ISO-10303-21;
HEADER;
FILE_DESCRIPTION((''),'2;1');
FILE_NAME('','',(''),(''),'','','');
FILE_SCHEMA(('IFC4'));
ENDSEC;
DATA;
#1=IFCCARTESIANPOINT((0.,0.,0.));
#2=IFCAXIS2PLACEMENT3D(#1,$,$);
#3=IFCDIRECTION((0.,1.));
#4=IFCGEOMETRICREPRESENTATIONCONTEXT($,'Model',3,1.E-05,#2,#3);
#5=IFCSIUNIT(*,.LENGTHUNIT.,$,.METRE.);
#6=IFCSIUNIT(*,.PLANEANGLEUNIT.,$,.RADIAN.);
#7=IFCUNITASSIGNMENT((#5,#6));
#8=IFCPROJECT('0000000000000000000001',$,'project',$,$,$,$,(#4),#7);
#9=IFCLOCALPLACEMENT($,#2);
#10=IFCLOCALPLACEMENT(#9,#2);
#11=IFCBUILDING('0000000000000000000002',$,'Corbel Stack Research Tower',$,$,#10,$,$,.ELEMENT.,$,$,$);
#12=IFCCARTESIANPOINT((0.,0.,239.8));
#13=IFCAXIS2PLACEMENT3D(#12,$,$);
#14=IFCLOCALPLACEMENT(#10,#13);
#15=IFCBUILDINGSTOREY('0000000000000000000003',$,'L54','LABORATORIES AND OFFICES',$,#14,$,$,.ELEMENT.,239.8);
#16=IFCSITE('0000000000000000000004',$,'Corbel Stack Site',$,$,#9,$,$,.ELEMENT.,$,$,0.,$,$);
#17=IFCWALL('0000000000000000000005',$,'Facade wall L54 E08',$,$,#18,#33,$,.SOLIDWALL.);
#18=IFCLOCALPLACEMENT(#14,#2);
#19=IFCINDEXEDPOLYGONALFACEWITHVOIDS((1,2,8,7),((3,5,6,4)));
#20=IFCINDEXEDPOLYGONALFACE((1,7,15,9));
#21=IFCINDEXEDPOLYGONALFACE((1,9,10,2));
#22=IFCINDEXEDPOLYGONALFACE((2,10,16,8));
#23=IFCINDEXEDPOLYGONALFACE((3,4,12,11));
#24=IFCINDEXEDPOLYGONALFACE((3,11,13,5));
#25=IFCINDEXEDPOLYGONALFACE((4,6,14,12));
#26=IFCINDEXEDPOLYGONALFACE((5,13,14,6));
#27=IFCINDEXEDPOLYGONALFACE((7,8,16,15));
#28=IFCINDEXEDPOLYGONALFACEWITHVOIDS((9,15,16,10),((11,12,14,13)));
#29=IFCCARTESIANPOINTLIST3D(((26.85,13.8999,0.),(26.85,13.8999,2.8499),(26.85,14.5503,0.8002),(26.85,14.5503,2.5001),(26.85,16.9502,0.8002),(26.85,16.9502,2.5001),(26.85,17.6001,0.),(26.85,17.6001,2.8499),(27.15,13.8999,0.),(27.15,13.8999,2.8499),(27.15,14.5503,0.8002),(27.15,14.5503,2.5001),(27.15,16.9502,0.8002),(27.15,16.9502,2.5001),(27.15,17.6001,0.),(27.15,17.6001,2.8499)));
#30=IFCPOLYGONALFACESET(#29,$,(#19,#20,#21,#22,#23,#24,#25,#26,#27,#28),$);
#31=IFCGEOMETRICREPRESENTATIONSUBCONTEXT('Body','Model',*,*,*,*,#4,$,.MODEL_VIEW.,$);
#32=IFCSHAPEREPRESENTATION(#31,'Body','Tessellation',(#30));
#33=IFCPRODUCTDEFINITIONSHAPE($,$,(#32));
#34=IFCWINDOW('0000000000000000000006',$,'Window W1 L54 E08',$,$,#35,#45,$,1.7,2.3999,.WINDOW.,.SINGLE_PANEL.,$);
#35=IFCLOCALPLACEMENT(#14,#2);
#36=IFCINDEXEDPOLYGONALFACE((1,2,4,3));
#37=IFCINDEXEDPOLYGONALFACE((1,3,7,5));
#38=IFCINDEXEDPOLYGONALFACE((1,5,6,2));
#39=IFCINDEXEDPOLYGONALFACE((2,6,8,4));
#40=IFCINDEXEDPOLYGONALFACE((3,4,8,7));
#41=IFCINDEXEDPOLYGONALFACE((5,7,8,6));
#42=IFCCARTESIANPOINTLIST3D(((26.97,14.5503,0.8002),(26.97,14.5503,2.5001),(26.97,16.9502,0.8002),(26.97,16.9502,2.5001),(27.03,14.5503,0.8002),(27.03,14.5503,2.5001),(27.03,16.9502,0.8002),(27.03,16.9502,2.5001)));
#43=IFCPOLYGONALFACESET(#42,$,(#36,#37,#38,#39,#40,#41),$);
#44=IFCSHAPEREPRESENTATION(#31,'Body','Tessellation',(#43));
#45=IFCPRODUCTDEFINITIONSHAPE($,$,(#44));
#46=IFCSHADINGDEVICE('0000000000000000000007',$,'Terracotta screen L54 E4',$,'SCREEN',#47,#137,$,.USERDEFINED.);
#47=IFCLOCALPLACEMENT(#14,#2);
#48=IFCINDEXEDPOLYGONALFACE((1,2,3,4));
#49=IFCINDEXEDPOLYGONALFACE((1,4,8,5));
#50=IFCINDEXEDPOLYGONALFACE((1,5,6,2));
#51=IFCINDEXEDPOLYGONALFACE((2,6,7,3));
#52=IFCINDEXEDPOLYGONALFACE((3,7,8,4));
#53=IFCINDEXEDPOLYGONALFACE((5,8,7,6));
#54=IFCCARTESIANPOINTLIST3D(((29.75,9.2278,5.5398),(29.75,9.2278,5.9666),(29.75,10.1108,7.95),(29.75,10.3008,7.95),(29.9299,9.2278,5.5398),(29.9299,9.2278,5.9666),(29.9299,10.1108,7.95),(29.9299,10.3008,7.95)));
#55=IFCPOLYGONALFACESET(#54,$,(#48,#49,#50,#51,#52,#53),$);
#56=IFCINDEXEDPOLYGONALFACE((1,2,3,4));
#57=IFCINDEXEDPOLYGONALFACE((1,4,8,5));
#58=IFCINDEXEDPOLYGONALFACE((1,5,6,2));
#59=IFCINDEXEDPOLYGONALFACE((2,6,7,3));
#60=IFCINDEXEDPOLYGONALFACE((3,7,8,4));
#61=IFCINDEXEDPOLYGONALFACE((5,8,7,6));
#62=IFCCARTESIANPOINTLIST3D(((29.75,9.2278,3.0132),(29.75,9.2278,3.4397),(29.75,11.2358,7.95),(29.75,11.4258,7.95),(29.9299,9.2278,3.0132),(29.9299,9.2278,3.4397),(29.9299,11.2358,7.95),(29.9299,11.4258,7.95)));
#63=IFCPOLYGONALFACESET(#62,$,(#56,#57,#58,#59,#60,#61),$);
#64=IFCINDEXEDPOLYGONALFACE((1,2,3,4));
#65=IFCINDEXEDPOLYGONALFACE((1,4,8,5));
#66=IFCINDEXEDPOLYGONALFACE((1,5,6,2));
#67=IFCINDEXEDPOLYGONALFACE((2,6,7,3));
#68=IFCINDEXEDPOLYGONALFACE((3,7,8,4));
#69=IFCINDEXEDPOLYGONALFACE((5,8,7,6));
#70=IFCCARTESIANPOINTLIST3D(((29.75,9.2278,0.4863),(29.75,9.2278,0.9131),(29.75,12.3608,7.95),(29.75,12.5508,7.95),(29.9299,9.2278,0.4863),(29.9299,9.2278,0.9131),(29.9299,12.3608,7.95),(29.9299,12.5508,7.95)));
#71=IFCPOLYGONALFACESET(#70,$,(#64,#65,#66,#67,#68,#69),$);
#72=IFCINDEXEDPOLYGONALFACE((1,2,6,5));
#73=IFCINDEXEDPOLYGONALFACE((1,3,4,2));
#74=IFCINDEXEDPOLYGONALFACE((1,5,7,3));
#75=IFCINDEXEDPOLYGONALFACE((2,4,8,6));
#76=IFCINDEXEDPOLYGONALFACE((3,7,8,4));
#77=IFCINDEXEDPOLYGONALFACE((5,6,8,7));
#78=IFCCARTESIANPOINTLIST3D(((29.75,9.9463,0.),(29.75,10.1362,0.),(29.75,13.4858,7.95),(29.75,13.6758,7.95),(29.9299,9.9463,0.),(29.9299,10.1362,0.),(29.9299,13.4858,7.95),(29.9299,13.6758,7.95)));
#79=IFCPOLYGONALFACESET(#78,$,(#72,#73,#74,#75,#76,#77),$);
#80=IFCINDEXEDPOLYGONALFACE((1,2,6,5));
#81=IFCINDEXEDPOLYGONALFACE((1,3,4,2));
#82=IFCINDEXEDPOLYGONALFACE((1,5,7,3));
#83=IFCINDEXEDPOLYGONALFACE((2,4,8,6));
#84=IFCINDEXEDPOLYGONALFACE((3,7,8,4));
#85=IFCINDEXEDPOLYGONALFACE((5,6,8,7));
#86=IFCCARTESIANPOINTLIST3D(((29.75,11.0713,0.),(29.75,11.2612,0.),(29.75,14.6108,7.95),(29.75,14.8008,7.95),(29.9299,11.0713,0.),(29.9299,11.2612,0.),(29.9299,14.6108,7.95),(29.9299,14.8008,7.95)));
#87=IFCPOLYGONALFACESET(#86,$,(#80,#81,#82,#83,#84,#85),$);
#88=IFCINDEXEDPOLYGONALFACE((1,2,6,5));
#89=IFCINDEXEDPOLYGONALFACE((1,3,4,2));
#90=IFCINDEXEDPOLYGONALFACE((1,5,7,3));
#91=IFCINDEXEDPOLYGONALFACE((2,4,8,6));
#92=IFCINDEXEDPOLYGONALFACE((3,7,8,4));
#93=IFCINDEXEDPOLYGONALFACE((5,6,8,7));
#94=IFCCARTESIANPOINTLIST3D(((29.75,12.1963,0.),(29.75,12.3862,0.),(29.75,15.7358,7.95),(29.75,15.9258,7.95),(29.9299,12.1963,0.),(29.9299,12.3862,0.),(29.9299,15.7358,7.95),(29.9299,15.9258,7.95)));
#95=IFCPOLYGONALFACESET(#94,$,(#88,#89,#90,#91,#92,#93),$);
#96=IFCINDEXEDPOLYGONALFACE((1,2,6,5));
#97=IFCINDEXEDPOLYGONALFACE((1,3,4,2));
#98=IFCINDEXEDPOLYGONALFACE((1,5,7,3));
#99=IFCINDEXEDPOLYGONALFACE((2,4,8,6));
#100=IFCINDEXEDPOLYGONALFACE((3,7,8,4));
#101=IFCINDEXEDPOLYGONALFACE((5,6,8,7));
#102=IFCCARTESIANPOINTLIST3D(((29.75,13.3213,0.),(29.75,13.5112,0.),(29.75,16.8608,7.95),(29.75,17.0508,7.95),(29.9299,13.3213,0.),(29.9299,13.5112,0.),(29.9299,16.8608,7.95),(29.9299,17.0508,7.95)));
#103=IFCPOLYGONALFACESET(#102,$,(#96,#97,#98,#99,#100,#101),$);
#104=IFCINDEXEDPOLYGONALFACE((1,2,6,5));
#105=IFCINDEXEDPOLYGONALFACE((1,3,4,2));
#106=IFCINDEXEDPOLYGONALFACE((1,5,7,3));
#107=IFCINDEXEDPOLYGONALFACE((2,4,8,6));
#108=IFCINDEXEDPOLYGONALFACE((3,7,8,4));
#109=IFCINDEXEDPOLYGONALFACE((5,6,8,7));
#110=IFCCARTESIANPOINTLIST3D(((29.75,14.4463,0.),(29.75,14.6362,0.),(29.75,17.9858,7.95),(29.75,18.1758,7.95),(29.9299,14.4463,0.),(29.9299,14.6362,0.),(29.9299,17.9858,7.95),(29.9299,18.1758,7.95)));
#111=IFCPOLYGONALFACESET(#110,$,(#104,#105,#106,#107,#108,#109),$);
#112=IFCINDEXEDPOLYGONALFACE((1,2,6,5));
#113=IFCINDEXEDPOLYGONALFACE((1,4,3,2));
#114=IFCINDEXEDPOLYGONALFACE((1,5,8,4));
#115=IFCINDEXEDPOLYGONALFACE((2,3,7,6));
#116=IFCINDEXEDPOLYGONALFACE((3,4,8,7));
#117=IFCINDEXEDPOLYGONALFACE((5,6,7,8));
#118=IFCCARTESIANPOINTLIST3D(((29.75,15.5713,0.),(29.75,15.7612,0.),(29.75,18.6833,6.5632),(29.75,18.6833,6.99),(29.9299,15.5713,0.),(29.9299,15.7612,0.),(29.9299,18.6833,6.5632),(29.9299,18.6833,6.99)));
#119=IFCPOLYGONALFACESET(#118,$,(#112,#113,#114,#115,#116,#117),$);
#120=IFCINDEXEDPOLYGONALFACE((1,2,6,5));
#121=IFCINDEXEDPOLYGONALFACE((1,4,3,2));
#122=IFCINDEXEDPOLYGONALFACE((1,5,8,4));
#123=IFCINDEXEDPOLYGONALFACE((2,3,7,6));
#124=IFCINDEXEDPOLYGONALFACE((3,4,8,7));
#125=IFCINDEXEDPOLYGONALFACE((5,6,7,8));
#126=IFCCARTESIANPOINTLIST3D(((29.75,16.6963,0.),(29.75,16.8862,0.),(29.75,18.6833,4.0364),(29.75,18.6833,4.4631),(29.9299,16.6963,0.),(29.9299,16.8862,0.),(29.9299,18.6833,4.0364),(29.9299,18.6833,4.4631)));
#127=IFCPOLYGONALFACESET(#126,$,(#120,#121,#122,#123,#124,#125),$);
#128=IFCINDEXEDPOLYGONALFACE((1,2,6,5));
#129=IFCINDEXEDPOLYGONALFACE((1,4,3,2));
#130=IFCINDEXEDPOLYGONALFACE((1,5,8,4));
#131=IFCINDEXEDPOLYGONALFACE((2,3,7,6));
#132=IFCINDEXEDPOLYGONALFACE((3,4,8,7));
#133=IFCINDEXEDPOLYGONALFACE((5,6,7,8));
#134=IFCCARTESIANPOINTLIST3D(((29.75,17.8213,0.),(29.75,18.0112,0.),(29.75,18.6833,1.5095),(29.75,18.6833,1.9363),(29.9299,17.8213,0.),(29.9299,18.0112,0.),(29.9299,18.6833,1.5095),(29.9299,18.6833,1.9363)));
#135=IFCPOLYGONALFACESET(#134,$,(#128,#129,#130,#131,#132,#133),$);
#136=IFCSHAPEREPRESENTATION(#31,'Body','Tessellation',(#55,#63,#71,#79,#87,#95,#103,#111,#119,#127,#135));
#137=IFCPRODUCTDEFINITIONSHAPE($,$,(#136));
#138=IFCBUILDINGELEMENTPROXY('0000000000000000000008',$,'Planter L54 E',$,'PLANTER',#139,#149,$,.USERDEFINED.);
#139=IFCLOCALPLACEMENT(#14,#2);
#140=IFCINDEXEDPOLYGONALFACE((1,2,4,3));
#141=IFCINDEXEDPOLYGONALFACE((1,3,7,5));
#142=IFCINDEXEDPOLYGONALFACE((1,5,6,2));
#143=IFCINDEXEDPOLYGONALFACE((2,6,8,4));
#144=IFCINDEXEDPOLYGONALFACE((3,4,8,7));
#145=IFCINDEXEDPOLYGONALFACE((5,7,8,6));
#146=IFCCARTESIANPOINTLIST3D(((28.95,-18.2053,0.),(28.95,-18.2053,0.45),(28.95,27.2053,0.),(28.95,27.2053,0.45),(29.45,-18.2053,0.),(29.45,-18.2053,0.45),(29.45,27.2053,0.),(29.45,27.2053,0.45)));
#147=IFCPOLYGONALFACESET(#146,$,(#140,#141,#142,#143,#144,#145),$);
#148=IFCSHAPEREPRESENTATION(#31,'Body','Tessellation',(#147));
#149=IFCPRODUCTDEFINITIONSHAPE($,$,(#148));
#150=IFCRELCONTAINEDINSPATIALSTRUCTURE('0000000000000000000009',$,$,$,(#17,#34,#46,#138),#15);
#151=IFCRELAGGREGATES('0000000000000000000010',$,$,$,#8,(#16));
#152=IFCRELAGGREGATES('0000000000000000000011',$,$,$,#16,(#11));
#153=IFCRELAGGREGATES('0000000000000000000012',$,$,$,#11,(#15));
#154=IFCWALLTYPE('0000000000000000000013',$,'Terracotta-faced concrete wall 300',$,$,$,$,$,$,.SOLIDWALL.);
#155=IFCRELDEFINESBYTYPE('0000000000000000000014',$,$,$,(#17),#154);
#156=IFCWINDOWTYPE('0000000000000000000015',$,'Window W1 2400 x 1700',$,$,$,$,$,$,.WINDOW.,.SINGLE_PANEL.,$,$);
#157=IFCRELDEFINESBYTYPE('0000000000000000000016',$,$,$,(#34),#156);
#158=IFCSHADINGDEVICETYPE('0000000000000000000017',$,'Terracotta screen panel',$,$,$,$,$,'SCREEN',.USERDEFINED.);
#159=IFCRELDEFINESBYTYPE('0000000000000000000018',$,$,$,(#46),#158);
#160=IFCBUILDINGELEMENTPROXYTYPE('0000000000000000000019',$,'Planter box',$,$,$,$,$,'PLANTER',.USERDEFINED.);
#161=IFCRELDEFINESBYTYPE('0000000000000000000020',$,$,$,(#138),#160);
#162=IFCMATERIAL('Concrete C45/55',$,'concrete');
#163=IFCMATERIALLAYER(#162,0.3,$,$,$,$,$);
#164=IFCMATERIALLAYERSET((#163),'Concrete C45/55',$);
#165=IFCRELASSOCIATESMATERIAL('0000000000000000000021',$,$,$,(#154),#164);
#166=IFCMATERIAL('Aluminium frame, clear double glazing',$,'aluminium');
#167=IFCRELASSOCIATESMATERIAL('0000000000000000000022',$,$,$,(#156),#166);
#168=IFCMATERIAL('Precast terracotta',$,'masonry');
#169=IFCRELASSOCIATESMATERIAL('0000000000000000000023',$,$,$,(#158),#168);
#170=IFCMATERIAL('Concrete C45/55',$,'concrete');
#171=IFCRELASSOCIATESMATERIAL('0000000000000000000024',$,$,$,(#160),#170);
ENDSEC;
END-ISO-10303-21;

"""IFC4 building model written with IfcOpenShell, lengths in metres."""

from ifc_helpers import new_model, si_unit, direction, frame, frame_2d, origin, origin_2d, place, context, subcontext, project, spatial, polyline, rectangle, outline, extrude, source, transform, mapped, material, layer, layer_set, type_object, element, fill, save


model = new_model("IFC4")

# Units and contexts
model_context = context("Model", 3, precision=1e-05, world=origin(), true_north=direction((0.0, 1.0)))
body_context = subcontext(model_context, "Body", "Model", "MODEL_VIEW")
ifc_project = project(units=[si_unit("LENGTHUNIT", "METRE"), si_unit("PLANEANGLEUNIT", "RADIAN")], contexts=[model_context])

# Site, building, storey
site_placement = place(None, origin())
site = spatial("IfcSite", under=ifc_project, at=site_placement, Name="Corbel Stack Site", CompositionType="ELEMENT", RefElevation=0.0)
building_placement = place(site_placement, origin())
building = spatial("IfcBuilding", under=site, at=building_placement, Name="Corbel Stack Research Tower", CompositionType="ELEMENT")
storey_placement = place(building_placement, frame((0.0, 0.0, 239.8)))
storey = spatial("IfcBuildingStorey", under=building, at=storey_placement, Name="L54", Description="LABORATORIES AND OFFICES", CompositionType="ELEMENT", Elevation=239.8)

# Wall, opening, window
ifc_material_1 = material(Name="Concrete C45/55", Category="concrete")
ifc_layer_1 = layer(ifc_material_1, 0.3)
ifc_layer_set_1 = layer_set([ifc_layer_1], Name="Concrete C45/55")
wall_type_1 = type_object("IfcWallType", Name="Terracotta-faced concrete wall 300", PredefinedType="SOLIDWALL", material=ifc_layer_set_1)
ifc_material_2 = material(Name="Aluminium frame, clear double glazing", Category="aluminium")
window_type_1 = type_object("IfcWindowType", Name="Window W1 2400 x 1700", PartitioningType="SINGLE_PANEL", PredefinedType="WINDOW", material=ifc_material_2)
wall_1_placement = place(storey_placement, frame((27.0, 17.6001, 0.0), z_axis=(0.0, 0.0, 1.0), x_axis=(0.0, -1.0, 0.0)))
wall_1 = element("IfcWall", 1, at=wall_1_placement, inside=storey, type_object=wall_type_1, Name="Facade wall L54 E08", PredefinedType="SOLIDWALL", context=body_context, shape_type="SweptSolid", body=[
    extrude(rectangle(XDim=3.7002, YDim=0.3, at=frame_2d((1.8501, 0.0))), origin(), (0.0, 0.0, 1.0), 2.8499),
])
opening_1_placement = place(wall_1_placement, frame((0.6499, 0.0, 0.8)))
opening_1 = element("IfcOpeningElement", 2, at=opening_1_placement, cuts=wall_1, PredefinedType="OPENING", context=body_context, shape_type="SweptSolid", body=[
    extrude(rectangle(XDim=2.3999, YDim=1.7, at=frame_2d((1.2, 0.8501))), frame((0.0, 0.1599, 0.0), z_axis=(0.0, -1.0, 0.0), x_axis=(1.0, 0.0, 0.0)), (0.0, 0.0, 1.0), 0.3201),
])
window_1_placement = place(opening_1_placement, origin())
window_1 = element("IfcWindow", 3, at=window_1_placement, inside=storey, type_object=window_type_1, Name="Window W1 L54 E08", OverallHeight=1.7, OverallWidth=2.3999, PartitioningType="SINGLE_PANEL", PredefinedType="WINDOW", context=body_context, shape_type="SweptSolid", body=[
    extrude(rectangle(XDim=2.3999, YDim=1.7, at=frame_2d((1.2, 0.8501))), frame((0.0, 0.03, 0.0), z_axis=(0.0, -1.0, 0.0), x_axis=(1.0, 0.0, 0.0)), (0.0, 0.0, 1.0), 0.0601),
])
fill(opening_1, window_1)

# Shading device
ifc_material_3 = material(Name="Precast terracotta", Category="masonry")
shading_device_type = type_object("IfcShadingDeviceType", Name="Terracotta screen panel", ElementType="SCREEN", PredefinedType="USERDEFINED", material=ifc_material_3)
shared_shape = source(origin(), body_context, "Body", "SweptSolid", [
    extrude(outline(polyline([(1.073, 7.95), (0.8831, 7.95), (0.0, 5.9666), (0.0, 5.5398), (1.073, 7.95)])), frame((0.0, 0.0, 0.0), z_axis=(0.0, -1.0, 0.0), x_axis=(1.0, 0.0, 0.0)), (0.0, 0.0, 1.0), 0.1799),
    extrude(outline(polyline([(2.198, 7.95), (2.0081, 7.95), (0.0, 3.4397), (0.0, 3.0132), (2.198, 7.95)])), frame((0.0, 0.0, 0.0), z_axis=(0.0, -1.0, 0.0), x_axis=(1.0, 0.0, 0.0)), (0.0, 0.0, 1.0), 0.1799),
    extrude(outline(polyline([(3.323, 7.95), (3.1331, 7.95), (0.0, 0.9131), (0.0, 0.4863), (3.323, 7.95)])), frame((0.0, 0.0, 0.0), z_axis=(0.0, -1.0, 0.0), x_axis=(1.0, 0.0, 0.0)), (0.0, 0.0, 1.0), 0.1799),
    extrude(outline(polyline([(0.9084, 0.0), (4.448, 7.95), (4.2581, 7.95), (0.7185, 0.0), (0.9084, 0.0)])), frame((0.0, 0.0, 0.0), z_axis=(0.0, -1.0, 0.0), x_axis=(1.0, 0.0, 0.0)), (0.0, 0.0, 1.0), 0.1799),
    extrude(outline(polyline([(2.0334, 0.0), (5.573, 7.95), (5.3831, 7.95), (1.8435, 0.0), (2.0334, 0.0)])), frame((0.0, 0.0, 0.0), z_axis=(0.0, -1.0, 0.0), x_axis=(1.0, 0.0, 0.0)), (0.0, 0.0, 1.0), 0.1799),
    extrude(outline(polyline([(3.1584, 0.0), (6.698, 7.95), (6.5081, 7.95), (2.9685, 0.0), (3.1584, 0.0)])), frame((0.0, 0.0, 0.0), z_axis=(0.0, -1.0, 0.0), x_axis=(1.0, 0.0, 0.0)), (0.0, 0.0, 1.0), 0.1799),
    extrude(outline(polyline([(4.2834, 0.0), (7.823, 7.95), (7.6331, 7.95), (4.0935, 0.0), (4.2834, 0.0)])), frame((0.0, 0.0, 0.0), z_axis=(0.0, -1.0, 0.0), x_axis=(1.0, 0.0, 0.0)), (0.0, 0.0, 1.0), 0.1799),
    extrude(outline(polyline([(5.4084, 0.0), (8.948, 7.95), (8.7581, 7.95), (5.2185, 0.0), (5.4084, 0.0)])), frame((0.0, 0.0, 0.0), z_axis=(0.0, -1.0, 0.0), x_axis=(1.0, 0.0, 0.0)), (0.0, 0.0, 1.0), 0.1799),
    extrude(outline(polyline([(6.5334, 0.0), (9.4556, 6.5632), (9.4556, 6.99), (6.3435, 0.0), (6.5334, 0.0)])), frame((0.0, 0.0, 0.0), z_axis=(0.0, -1.0, 0.0), x_axis=(1.0, 0.0, 0.0)), (0.0, 0.0, 1.0), 0.1799),
    extrude(outline(polyline([(7.6584, 0.0), (9.4556, 4.0364), (9.4556, 4.4631), (7.4685, 0.0), (7.6584, 0.0)])), frame((0.0, 0.0, 0.0), z_axis=(0.0, -1.0, 0.0), x_axis=(1.0, 0.0, 0.0)), (0.0, 0.0, 1.0), 0.1799),
    extrude(outline(polyline([(8.7834, 0.0), (9.4556, 1.5095), (9.4556, 1.9363), (8.5935, 0.0), (8.7834, 0.0)])), frame((0.0, 0.0, 0.0), z_axis=(0.0, -1.0, 0.0), x_axis=(1.0, 0.0, 0.0)), (0.0, 0.0, 1.0), 0.1799),
])
shading_device_placement = place(storey_placement, frame((29.75, 9.2278, 0.0), z_axis=(0.0, 0.0, 1.0), x_axis=(0.0, 1.0, 0.0)))
element("IfcShadingDevice", 4, at=shading_device_placement, inside=storey, type_object=shading_device_type, Name="Terracotta screen L54 E4", ObjectType="SCREEN", PredefinedType="USERDEFINED", context=body_context, shape_type="MappedRepresentation", body=[
    mapped(shared_shape, transform((0.0, 0.0, 0.0))),
])

# Building element proxy
ifc_material_4 = material(Name="Concrete C45/55", Category="concrete")
building_element_proxy_type = type_object("IfcBuildingElementProxyType", Name="Planter box", ElementType="PLANTER", PredefinedType="USERDEFINED", material=ifc_material_4)
proxy_placement = place(storey_placement, frame((29.2, 4.5, 0.0), z_axis=(0.0, 0.0, 1.0), x_axis=(0.0, 1.0, 0.0)))
element("IfcBuildingElementProxy", 5, at=proxy_placement, inside=storey, type_object=building_element_proxy_type, Name="Planter L54 E", ObjectType="PLANTER", PredefinedType="USERDEFINED", context=body_context, shape_type="SweptSolid", body=[
    extrude(rectangle(XDim=45.4106, YDim=0.5, at=origin_2d()), origin(), (0.0, 0.0, 1.0), 0.45),
])

save(model, "model.ifc")
